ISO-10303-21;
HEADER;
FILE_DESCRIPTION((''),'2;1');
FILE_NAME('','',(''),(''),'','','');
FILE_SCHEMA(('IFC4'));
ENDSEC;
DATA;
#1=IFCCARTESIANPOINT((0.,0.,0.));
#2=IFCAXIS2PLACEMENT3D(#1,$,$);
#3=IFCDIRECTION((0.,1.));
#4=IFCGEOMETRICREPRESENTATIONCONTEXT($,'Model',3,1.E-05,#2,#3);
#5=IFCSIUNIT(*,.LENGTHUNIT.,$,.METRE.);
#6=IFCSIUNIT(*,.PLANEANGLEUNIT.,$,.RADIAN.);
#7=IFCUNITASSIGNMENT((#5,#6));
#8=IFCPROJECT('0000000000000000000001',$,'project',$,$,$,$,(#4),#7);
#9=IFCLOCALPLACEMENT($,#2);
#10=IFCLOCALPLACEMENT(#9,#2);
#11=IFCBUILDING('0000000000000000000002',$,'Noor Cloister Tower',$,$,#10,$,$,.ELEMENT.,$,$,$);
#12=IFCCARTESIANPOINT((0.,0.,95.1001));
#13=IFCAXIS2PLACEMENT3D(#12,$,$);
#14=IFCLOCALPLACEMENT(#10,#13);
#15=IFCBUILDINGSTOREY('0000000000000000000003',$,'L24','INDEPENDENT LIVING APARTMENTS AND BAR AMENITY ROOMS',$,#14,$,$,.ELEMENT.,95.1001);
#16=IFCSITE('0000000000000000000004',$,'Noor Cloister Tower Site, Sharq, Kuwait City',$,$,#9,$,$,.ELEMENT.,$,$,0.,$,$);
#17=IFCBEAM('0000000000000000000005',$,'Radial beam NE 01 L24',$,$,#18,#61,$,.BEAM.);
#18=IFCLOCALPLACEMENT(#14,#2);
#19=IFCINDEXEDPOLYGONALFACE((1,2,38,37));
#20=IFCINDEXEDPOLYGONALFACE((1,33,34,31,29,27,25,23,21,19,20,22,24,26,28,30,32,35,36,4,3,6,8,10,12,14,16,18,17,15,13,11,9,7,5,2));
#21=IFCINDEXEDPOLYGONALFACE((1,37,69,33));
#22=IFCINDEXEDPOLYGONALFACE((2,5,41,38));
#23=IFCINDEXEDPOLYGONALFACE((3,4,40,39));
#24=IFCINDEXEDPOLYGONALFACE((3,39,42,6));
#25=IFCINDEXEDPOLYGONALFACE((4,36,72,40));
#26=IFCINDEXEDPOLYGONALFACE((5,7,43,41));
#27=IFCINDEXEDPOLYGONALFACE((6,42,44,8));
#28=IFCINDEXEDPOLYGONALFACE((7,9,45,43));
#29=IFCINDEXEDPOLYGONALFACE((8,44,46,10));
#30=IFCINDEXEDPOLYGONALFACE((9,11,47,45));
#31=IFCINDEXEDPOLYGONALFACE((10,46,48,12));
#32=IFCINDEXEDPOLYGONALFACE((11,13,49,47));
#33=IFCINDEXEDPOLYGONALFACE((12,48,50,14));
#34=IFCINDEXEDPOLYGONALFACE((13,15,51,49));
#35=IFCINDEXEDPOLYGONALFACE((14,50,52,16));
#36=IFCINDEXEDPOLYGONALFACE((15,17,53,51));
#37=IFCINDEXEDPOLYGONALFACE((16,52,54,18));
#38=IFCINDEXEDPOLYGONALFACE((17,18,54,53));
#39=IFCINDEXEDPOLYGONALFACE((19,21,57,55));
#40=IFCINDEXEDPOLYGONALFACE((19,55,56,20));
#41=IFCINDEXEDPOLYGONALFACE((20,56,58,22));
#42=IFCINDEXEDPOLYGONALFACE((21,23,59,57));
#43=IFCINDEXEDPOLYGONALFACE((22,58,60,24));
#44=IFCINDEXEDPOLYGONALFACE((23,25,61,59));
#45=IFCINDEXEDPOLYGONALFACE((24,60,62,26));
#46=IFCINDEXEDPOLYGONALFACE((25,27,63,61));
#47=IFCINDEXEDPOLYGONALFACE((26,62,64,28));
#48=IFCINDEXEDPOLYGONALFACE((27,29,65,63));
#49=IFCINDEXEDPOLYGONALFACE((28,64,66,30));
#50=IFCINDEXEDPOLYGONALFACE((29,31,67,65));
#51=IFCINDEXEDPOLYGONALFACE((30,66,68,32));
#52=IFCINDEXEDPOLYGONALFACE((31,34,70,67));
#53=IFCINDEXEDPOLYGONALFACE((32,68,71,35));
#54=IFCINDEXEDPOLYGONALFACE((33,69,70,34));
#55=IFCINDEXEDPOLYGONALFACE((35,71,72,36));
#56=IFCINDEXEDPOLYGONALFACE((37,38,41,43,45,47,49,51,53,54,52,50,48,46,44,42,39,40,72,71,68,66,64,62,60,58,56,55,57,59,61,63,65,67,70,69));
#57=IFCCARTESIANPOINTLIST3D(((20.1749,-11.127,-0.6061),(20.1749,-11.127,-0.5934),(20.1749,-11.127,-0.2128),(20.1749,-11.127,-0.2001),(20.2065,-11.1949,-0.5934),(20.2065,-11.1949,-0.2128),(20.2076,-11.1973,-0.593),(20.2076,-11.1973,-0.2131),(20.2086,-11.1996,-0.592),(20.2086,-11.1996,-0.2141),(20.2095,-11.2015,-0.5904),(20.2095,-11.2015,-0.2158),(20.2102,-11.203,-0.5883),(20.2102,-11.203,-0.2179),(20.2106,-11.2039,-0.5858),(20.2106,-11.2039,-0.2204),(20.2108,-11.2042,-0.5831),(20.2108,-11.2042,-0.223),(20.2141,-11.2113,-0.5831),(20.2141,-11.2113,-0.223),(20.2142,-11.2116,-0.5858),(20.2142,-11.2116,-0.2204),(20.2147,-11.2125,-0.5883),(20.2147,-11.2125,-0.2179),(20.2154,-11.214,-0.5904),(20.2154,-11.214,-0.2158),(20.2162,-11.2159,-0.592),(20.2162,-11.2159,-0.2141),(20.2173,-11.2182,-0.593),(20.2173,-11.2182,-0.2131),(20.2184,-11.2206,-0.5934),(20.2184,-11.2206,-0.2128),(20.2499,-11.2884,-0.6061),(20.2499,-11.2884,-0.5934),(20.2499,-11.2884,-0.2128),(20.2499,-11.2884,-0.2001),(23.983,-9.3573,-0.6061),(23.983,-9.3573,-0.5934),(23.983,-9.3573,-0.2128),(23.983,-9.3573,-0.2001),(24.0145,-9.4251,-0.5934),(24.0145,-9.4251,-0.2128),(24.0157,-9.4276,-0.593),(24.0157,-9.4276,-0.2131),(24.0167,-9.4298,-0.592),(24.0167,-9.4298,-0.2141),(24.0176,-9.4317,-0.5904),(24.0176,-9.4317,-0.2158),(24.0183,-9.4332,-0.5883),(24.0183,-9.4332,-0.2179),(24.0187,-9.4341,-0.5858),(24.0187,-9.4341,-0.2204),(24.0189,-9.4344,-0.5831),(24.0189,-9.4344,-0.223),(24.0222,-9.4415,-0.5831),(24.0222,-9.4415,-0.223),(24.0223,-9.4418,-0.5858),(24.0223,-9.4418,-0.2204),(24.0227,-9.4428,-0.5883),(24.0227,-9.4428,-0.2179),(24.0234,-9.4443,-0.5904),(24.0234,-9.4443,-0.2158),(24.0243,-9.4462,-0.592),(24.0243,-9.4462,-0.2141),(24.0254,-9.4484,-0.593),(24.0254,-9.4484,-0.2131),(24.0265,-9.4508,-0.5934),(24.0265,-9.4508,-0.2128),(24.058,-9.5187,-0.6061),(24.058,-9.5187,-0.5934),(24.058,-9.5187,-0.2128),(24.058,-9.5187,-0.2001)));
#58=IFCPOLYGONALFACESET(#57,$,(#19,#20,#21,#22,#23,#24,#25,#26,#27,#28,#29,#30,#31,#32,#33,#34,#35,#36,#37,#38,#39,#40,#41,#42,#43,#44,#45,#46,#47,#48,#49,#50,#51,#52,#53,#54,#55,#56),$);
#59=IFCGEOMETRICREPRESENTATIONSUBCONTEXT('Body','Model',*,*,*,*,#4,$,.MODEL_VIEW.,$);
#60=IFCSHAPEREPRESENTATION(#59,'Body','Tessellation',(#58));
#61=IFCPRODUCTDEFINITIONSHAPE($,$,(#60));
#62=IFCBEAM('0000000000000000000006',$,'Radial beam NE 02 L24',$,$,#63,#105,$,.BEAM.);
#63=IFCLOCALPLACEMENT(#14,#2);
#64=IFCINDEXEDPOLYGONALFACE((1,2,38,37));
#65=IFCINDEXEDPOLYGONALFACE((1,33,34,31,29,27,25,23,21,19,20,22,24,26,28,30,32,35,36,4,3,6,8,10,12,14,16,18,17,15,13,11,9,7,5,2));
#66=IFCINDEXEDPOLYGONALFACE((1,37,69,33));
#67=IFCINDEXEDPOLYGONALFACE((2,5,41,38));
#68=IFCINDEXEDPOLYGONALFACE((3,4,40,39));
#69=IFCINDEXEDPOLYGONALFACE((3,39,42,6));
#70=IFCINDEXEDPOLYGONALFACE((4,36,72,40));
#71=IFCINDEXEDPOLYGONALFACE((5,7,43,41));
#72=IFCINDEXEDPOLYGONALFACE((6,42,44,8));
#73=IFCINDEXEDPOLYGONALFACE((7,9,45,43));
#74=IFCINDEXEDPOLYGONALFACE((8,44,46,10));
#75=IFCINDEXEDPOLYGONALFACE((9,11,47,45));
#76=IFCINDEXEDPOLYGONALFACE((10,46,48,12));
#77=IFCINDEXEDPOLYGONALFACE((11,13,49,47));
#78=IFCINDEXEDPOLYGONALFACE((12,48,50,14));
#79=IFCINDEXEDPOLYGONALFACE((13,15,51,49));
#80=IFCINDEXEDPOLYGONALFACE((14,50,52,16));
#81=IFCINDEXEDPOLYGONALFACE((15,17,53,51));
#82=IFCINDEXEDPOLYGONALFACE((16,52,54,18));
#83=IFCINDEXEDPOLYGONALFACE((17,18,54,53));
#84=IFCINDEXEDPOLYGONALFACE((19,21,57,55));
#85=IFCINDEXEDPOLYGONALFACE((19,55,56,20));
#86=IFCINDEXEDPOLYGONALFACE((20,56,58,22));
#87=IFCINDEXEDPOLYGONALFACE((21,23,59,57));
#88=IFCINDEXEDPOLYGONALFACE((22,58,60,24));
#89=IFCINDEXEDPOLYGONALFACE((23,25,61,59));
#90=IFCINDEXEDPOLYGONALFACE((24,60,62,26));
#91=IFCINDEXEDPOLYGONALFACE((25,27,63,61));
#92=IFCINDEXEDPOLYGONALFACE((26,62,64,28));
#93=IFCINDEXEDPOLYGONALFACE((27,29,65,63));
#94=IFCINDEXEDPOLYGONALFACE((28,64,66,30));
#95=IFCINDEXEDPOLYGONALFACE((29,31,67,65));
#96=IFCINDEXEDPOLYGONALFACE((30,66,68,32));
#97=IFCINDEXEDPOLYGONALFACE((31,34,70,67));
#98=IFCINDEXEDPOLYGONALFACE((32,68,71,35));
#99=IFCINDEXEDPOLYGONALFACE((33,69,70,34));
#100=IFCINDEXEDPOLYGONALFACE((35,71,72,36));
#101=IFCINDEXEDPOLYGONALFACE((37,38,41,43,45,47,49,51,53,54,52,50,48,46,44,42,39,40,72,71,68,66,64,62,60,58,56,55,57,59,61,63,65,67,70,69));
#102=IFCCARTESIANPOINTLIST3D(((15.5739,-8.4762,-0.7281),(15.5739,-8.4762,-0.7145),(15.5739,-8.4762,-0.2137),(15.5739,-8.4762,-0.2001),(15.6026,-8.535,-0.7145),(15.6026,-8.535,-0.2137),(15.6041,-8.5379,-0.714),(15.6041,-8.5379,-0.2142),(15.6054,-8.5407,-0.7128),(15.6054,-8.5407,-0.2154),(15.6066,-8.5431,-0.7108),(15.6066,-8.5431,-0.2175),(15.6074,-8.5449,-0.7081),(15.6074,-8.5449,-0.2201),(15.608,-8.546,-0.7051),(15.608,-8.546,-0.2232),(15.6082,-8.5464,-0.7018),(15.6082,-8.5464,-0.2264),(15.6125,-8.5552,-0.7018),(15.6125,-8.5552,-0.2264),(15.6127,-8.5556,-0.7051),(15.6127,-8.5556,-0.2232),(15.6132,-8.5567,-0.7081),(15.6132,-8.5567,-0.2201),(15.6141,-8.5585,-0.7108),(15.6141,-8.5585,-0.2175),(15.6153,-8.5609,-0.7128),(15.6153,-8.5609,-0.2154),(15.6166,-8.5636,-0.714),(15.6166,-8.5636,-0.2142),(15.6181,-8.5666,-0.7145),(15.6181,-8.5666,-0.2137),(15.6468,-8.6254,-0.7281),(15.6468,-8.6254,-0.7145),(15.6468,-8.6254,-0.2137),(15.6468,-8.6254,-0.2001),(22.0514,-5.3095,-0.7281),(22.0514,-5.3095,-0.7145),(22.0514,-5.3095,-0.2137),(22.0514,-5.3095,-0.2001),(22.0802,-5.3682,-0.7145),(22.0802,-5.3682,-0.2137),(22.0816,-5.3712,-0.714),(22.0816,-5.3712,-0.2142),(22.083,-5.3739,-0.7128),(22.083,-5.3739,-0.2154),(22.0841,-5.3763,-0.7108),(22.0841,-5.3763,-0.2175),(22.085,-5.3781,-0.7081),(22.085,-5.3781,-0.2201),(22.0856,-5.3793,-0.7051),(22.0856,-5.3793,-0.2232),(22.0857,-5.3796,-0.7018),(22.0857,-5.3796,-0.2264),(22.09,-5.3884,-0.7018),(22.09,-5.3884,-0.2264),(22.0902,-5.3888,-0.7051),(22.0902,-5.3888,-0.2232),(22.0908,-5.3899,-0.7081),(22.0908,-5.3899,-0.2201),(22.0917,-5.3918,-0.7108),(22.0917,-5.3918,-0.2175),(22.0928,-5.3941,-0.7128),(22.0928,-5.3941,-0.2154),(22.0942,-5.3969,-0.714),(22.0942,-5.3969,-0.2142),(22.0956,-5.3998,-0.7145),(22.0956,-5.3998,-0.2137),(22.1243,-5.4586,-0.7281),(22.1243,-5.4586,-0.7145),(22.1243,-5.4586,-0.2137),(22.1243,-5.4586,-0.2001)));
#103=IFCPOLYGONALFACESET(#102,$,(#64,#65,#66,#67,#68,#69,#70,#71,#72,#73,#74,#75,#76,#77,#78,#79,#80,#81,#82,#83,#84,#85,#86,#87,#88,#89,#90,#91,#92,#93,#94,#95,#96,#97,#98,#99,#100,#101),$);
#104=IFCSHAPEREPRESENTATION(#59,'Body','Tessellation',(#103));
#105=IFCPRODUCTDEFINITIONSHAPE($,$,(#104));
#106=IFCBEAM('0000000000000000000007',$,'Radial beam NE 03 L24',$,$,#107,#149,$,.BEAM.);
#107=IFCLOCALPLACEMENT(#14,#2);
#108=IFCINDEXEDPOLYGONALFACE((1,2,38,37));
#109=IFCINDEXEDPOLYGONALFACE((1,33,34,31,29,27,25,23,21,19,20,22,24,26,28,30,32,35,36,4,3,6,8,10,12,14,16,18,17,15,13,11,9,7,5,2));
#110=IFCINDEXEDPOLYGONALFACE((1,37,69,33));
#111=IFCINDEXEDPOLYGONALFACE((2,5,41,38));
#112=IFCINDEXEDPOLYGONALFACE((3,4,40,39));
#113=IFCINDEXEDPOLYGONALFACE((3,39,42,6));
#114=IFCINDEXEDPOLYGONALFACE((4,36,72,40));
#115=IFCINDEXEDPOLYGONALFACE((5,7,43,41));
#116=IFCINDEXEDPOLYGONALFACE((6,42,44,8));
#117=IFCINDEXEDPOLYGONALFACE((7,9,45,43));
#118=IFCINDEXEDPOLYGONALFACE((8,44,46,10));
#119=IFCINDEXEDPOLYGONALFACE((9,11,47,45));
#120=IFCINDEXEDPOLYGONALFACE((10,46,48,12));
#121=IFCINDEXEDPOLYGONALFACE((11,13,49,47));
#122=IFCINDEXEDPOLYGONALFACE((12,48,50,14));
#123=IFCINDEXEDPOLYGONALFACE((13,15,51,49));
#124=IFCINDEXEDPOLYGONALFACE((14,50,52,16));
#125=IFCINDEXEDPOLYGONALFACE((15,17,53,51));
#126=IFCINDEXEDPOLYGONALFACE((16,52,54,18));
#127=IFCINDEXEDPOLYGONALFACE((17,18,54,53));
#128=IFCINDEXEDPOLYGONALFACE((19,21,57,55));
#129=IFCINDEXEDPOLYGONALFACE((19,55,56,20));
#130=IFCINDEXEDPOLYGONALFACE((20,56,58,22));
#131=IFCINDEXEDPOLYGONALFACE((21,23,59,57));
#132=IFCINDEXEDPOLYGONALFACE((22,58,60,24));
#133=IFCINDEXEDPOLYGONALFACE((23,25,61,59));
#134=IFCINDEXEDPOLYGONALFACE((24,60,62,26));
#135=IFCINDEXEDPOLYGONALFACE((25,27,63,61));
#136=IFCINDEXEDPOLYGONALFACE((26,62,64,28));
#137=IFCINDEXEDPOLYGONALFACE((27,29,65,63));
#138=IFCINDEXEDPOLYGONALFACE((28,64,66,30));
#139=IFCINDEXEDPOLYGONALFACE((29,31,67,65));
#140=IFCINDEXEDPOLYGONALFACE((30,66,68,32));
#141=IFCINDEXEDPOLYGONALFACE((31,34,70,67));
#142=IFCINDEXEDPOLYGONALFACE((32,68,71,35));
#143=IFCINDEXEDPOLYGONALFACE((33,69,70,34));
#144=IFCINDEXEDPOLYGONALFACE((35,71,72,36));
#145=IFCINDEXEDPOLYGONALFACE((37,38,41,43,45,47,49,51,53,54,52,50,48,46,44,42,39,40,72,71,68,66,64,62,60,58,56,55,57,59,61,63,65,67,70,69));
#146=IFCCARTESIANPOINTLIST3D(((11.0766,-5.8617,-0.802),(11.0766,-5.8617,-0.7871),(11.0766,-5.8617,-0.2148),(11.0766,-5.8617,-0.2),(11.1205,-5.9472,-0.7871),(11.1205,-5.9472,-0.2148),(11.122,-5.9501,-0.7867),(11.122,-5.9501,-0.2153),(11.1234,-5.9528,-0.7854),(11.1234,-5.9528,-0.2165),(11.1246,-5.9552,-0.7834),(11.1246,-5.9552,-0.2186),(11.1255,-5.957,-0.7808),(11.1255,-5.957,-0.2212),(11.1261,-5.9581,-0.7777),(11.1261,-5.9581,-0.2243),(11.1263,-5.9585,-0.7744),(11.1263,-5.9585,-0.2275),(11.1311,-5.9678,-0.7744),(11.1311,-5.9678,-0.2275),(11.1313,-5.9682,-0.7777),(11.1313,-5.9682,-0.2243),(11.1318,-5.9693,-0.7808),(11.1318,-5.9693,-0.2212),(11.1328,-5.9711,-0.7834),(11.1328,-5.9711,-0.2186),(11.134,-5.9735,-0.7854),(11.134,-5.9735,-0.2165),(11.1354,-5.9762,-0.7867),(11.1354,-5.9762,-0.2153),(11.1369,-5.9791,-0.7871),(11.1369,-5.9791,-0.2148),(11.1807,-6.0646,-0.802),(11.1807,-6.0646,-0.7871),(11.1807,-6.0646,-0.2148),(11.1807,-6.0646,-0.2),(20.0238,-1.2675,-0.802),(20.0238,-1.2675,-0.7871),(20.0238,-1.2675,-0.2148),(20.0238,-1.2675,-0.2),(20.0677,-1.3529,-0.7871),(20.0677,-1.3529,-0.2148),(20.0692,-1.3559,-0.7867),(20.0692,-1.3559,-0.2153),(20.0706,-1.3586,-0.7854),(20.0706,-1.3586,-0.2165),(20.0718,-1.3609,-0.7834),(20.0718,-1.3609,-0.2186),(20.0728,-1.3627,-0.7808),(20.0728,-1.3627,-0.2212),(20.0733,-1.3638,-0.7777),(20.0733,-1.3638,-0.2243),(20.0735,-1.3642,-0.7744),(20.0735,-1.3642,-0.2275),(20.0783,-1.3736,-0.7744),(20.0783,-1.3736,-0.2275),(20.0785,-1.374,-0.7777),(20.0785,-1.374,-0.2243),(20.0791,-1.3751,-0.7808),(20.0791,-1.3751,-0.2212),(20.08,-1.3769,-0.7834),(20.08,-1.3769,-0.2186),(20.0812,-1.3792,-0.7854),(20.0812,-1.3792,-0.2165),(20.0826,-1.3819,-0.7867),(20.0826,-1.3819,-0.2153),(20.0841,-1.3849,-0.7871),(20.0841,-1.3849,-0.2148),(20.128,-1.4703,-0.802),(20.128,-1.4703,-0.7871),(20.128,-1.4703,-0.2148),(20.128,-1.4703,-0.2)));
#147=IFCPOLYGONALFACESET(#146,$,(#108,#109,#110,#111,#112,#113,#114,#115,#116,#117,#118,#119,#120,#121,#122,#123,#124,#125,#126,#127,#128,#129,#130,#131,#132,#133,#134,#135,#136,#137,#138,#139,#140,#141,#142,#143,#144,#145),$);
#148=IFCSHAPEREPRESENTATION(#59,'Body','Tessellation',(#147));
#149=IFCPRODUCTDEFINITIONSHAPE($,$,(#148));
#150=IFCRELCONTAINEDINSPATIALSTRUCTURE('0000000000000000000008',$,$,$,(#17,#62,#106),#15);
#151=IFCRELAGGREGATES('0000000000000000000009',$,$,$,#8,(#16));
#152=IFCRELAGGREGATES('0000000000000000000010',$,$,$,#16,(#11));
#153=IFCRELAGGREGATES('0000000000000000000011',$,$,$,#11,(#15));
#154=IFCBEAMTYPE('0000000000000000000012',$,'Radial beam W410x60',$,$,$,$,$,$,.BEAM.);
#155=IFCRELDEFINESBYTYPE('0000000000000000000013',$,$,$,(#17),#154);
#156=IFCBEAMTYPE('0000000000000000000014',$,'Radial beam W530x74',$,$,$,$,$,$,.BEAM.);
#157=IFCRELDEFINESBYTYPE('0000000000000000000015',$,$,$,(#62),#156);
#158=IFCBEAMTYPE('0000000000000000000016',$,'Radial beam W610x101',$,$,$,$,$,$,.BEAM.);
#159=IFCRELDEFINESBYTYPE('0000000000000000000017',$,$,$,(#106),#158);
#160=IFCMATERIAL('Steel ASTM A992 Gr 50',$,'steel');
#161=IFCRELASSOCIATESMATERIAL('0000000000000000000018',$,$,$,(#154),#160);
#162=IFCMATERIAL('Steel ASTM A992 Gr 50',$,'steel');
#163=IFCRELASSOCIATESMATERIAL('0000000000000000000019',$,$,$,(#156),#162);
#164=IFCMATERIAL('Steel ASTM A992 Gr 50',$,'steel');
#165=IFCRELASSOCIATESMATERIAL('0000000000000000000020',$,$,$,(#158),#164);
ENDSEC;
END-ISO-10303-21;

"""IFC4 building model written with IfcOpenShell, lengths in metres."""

from ifc_helpers import new_model, si_unit, direction, frame, origin, origin_2d, place, context, subcontext, project, spatial, i_section, extrude, material, material_profile, profile_set, type_object, element, save


model = new_model("IFC4")

# Units and contexts
model_context = context("Model", 3, precision=1e-05, world=origin(), true_north=direction((0.0, 1.0)))
body_context = subcontext(model_context, "Body", "Model", "MODEL_VIEW")
ifc_project = project(units=[si_unit("LENGTHUNIT", "METRE"), si_unit("PLANEANGLEUNIT", "RADIAN")], contexts=[model_context])

# Site, building, storey
site_placement = place(None, origin())
site = spatial("IfcSite", under=ifc_project, at=site_placement, Name="Noor Cloister Tower Site, Sharq, Kuwait City", CompositionType="ELEMENT", RefElevation=0.0)
building_placement = place(site_placement, origin())
building = spatial("IfcBuilding", under=site, at=building_placement, Name="Noor Cloister Tower", CompositionType="ELEMENT")
storey_placement = place(building_placement, frame((0.0, 0.0, 95.1001)))
storey = spatial("IfcBuildingStorey", under=building, at=storey_placement, Name="L24", Description="INDEPENDENT LIVING APARTMENTS AND BAR AMENITY ROOMS", CompositionType="ELEMENT", Elevation=95.1001)

# Beams
ifc_material_1 = material(Name="Steel ASTM A992 Gr 50", Category="steel")
ifc_material_profile_1 = material_profile(ifc_material_1, i_section(OverallWidth=0.178, OverallDepth=0.406, WebThickness=0.0078, FlangeThickness=0.0127, FilletRadius=0.0103, at=origin_2d()), Name="W410x60")
ifc_profile_set_1 = profile_set([ifc_material_profile_1], Name="Steel ASTM A992 Gr 50")
beam_type_1 = type_object("IfcBeamType", Name="Radial beam W410x60", PredefinedType="BEAM", material=ifc_profile_set_1)
beam_1_placement = place(storey_placement, frame((24.0205, -9.438, -0.4031), z_axis=(-0.906852, -0.421449, 0.0), x_axis=(0.421449, -0.906852, 0.0)))
element("IfcBeam", 1, at=beam_1_placement, inside=storey, type_object=beam_type_1, Name="Radial beam NE 01 L24", PredefinedType="BEAM", context=body_context, shape_type="SweptSolid", body=[
    extrude(i_section(OverallWidth=0.178, OverallDepth=0.406, WebThickness=0.0078, FlangeThickness=0.0127, FilletRadius=0.0103, at=origin_2d()), origin(), (0.0, 0.0, 1.0), 4.1992),
])
ifc_material_2 = material(Name="Steel ASTM A992 Gr 50", Category="steel")
ifc_material_profile_2 = material_profile(ifc_material_2, i_section(OverallWidth=0.166, OverallDepth=0.5281, WebThickness=0.0098, FlangeThickness=0.0137, FilletRadius=0.0127, at=origin_2d()), Name="W530x74")
ifc_profile_set_2 = profile_set([ifc_material_profile_2], Name="Steel ASTM A992 Gr 50")
beam_type_2 = type_object("IfcBeamType", Name="Radial beam W530x74", PredefinedType="BEAM", material=ifc_profile_set_2)
beam_2_placement = place(storey_placement, frame((22.0879, -5.384, -0.4641), z_axis=(-0.898387, -0.439205, 0.0), x_axis=(0.439205, -0.898387, 0.0)))
element("IfcBeam", 2, at=beam_2_placement, inside=storey, type_object=beam_type_2, Name="Radial beam NE 02 L24", PredefinedType="BEAM", context=body_context, shape_type="SweptSolid", body=[
    extrude(i_section(OverallWidth=0.166, OverallDepth=0.5281, WebThickness=0.0098, FlangeThickness=0.0137, FilletRadius=0.0127, at=origin_2d()), origin(), (0.0, 0.0, 1.0), 7.2102),
])
ifc_material_3 = material(Name="Steel ASTM A992 Gr 50", Category="steel")
ifc_material_profile_3 = material_profile(ifc_material_3, i_section(OverallWidth=0.228, OverallDepth=0.6021, WebThickness=0.0105, FlangeThickness=0.0149, FilletRadius=0.0127, at=origin_2d()), Name="W610x101")
ifc_profile_set_3 = profile_set([ifc_material_profile_3], Name="Steel ASTM A992 Gr 50")
beam_type_3 = type_object("IfcBeamType", Name="Radial beam W610x101", PredefinedType="BEAM", material=ifc_profile_set_3)
beam_3_placement = place(storey_placement, frame((20.0759, -1.3689, -0.501), z_axis=(-0.889579, -0.456781, 0.0), x_axis=(0.456781, -0.889579, 0.0)))
element("IfcBeam", 3, at=beam_3_placement, inside=storey, type_object=beam_type_3, Name="Radial beam NE 03 L24", PredefinedType="BEAM", context=body_context, shape_type="SweptSolid", body=[
    extrude(i_section(OverallWidth=0.228, OverallDepth=0.6021, WebThickness=0.0105, FlangeThickness=0.0149, FilletRadius=0.0127, at=origin_2d()), origin(), (0.0, 0.0, 1.0), 10.0579),
])

save(model, "model.ifc")
